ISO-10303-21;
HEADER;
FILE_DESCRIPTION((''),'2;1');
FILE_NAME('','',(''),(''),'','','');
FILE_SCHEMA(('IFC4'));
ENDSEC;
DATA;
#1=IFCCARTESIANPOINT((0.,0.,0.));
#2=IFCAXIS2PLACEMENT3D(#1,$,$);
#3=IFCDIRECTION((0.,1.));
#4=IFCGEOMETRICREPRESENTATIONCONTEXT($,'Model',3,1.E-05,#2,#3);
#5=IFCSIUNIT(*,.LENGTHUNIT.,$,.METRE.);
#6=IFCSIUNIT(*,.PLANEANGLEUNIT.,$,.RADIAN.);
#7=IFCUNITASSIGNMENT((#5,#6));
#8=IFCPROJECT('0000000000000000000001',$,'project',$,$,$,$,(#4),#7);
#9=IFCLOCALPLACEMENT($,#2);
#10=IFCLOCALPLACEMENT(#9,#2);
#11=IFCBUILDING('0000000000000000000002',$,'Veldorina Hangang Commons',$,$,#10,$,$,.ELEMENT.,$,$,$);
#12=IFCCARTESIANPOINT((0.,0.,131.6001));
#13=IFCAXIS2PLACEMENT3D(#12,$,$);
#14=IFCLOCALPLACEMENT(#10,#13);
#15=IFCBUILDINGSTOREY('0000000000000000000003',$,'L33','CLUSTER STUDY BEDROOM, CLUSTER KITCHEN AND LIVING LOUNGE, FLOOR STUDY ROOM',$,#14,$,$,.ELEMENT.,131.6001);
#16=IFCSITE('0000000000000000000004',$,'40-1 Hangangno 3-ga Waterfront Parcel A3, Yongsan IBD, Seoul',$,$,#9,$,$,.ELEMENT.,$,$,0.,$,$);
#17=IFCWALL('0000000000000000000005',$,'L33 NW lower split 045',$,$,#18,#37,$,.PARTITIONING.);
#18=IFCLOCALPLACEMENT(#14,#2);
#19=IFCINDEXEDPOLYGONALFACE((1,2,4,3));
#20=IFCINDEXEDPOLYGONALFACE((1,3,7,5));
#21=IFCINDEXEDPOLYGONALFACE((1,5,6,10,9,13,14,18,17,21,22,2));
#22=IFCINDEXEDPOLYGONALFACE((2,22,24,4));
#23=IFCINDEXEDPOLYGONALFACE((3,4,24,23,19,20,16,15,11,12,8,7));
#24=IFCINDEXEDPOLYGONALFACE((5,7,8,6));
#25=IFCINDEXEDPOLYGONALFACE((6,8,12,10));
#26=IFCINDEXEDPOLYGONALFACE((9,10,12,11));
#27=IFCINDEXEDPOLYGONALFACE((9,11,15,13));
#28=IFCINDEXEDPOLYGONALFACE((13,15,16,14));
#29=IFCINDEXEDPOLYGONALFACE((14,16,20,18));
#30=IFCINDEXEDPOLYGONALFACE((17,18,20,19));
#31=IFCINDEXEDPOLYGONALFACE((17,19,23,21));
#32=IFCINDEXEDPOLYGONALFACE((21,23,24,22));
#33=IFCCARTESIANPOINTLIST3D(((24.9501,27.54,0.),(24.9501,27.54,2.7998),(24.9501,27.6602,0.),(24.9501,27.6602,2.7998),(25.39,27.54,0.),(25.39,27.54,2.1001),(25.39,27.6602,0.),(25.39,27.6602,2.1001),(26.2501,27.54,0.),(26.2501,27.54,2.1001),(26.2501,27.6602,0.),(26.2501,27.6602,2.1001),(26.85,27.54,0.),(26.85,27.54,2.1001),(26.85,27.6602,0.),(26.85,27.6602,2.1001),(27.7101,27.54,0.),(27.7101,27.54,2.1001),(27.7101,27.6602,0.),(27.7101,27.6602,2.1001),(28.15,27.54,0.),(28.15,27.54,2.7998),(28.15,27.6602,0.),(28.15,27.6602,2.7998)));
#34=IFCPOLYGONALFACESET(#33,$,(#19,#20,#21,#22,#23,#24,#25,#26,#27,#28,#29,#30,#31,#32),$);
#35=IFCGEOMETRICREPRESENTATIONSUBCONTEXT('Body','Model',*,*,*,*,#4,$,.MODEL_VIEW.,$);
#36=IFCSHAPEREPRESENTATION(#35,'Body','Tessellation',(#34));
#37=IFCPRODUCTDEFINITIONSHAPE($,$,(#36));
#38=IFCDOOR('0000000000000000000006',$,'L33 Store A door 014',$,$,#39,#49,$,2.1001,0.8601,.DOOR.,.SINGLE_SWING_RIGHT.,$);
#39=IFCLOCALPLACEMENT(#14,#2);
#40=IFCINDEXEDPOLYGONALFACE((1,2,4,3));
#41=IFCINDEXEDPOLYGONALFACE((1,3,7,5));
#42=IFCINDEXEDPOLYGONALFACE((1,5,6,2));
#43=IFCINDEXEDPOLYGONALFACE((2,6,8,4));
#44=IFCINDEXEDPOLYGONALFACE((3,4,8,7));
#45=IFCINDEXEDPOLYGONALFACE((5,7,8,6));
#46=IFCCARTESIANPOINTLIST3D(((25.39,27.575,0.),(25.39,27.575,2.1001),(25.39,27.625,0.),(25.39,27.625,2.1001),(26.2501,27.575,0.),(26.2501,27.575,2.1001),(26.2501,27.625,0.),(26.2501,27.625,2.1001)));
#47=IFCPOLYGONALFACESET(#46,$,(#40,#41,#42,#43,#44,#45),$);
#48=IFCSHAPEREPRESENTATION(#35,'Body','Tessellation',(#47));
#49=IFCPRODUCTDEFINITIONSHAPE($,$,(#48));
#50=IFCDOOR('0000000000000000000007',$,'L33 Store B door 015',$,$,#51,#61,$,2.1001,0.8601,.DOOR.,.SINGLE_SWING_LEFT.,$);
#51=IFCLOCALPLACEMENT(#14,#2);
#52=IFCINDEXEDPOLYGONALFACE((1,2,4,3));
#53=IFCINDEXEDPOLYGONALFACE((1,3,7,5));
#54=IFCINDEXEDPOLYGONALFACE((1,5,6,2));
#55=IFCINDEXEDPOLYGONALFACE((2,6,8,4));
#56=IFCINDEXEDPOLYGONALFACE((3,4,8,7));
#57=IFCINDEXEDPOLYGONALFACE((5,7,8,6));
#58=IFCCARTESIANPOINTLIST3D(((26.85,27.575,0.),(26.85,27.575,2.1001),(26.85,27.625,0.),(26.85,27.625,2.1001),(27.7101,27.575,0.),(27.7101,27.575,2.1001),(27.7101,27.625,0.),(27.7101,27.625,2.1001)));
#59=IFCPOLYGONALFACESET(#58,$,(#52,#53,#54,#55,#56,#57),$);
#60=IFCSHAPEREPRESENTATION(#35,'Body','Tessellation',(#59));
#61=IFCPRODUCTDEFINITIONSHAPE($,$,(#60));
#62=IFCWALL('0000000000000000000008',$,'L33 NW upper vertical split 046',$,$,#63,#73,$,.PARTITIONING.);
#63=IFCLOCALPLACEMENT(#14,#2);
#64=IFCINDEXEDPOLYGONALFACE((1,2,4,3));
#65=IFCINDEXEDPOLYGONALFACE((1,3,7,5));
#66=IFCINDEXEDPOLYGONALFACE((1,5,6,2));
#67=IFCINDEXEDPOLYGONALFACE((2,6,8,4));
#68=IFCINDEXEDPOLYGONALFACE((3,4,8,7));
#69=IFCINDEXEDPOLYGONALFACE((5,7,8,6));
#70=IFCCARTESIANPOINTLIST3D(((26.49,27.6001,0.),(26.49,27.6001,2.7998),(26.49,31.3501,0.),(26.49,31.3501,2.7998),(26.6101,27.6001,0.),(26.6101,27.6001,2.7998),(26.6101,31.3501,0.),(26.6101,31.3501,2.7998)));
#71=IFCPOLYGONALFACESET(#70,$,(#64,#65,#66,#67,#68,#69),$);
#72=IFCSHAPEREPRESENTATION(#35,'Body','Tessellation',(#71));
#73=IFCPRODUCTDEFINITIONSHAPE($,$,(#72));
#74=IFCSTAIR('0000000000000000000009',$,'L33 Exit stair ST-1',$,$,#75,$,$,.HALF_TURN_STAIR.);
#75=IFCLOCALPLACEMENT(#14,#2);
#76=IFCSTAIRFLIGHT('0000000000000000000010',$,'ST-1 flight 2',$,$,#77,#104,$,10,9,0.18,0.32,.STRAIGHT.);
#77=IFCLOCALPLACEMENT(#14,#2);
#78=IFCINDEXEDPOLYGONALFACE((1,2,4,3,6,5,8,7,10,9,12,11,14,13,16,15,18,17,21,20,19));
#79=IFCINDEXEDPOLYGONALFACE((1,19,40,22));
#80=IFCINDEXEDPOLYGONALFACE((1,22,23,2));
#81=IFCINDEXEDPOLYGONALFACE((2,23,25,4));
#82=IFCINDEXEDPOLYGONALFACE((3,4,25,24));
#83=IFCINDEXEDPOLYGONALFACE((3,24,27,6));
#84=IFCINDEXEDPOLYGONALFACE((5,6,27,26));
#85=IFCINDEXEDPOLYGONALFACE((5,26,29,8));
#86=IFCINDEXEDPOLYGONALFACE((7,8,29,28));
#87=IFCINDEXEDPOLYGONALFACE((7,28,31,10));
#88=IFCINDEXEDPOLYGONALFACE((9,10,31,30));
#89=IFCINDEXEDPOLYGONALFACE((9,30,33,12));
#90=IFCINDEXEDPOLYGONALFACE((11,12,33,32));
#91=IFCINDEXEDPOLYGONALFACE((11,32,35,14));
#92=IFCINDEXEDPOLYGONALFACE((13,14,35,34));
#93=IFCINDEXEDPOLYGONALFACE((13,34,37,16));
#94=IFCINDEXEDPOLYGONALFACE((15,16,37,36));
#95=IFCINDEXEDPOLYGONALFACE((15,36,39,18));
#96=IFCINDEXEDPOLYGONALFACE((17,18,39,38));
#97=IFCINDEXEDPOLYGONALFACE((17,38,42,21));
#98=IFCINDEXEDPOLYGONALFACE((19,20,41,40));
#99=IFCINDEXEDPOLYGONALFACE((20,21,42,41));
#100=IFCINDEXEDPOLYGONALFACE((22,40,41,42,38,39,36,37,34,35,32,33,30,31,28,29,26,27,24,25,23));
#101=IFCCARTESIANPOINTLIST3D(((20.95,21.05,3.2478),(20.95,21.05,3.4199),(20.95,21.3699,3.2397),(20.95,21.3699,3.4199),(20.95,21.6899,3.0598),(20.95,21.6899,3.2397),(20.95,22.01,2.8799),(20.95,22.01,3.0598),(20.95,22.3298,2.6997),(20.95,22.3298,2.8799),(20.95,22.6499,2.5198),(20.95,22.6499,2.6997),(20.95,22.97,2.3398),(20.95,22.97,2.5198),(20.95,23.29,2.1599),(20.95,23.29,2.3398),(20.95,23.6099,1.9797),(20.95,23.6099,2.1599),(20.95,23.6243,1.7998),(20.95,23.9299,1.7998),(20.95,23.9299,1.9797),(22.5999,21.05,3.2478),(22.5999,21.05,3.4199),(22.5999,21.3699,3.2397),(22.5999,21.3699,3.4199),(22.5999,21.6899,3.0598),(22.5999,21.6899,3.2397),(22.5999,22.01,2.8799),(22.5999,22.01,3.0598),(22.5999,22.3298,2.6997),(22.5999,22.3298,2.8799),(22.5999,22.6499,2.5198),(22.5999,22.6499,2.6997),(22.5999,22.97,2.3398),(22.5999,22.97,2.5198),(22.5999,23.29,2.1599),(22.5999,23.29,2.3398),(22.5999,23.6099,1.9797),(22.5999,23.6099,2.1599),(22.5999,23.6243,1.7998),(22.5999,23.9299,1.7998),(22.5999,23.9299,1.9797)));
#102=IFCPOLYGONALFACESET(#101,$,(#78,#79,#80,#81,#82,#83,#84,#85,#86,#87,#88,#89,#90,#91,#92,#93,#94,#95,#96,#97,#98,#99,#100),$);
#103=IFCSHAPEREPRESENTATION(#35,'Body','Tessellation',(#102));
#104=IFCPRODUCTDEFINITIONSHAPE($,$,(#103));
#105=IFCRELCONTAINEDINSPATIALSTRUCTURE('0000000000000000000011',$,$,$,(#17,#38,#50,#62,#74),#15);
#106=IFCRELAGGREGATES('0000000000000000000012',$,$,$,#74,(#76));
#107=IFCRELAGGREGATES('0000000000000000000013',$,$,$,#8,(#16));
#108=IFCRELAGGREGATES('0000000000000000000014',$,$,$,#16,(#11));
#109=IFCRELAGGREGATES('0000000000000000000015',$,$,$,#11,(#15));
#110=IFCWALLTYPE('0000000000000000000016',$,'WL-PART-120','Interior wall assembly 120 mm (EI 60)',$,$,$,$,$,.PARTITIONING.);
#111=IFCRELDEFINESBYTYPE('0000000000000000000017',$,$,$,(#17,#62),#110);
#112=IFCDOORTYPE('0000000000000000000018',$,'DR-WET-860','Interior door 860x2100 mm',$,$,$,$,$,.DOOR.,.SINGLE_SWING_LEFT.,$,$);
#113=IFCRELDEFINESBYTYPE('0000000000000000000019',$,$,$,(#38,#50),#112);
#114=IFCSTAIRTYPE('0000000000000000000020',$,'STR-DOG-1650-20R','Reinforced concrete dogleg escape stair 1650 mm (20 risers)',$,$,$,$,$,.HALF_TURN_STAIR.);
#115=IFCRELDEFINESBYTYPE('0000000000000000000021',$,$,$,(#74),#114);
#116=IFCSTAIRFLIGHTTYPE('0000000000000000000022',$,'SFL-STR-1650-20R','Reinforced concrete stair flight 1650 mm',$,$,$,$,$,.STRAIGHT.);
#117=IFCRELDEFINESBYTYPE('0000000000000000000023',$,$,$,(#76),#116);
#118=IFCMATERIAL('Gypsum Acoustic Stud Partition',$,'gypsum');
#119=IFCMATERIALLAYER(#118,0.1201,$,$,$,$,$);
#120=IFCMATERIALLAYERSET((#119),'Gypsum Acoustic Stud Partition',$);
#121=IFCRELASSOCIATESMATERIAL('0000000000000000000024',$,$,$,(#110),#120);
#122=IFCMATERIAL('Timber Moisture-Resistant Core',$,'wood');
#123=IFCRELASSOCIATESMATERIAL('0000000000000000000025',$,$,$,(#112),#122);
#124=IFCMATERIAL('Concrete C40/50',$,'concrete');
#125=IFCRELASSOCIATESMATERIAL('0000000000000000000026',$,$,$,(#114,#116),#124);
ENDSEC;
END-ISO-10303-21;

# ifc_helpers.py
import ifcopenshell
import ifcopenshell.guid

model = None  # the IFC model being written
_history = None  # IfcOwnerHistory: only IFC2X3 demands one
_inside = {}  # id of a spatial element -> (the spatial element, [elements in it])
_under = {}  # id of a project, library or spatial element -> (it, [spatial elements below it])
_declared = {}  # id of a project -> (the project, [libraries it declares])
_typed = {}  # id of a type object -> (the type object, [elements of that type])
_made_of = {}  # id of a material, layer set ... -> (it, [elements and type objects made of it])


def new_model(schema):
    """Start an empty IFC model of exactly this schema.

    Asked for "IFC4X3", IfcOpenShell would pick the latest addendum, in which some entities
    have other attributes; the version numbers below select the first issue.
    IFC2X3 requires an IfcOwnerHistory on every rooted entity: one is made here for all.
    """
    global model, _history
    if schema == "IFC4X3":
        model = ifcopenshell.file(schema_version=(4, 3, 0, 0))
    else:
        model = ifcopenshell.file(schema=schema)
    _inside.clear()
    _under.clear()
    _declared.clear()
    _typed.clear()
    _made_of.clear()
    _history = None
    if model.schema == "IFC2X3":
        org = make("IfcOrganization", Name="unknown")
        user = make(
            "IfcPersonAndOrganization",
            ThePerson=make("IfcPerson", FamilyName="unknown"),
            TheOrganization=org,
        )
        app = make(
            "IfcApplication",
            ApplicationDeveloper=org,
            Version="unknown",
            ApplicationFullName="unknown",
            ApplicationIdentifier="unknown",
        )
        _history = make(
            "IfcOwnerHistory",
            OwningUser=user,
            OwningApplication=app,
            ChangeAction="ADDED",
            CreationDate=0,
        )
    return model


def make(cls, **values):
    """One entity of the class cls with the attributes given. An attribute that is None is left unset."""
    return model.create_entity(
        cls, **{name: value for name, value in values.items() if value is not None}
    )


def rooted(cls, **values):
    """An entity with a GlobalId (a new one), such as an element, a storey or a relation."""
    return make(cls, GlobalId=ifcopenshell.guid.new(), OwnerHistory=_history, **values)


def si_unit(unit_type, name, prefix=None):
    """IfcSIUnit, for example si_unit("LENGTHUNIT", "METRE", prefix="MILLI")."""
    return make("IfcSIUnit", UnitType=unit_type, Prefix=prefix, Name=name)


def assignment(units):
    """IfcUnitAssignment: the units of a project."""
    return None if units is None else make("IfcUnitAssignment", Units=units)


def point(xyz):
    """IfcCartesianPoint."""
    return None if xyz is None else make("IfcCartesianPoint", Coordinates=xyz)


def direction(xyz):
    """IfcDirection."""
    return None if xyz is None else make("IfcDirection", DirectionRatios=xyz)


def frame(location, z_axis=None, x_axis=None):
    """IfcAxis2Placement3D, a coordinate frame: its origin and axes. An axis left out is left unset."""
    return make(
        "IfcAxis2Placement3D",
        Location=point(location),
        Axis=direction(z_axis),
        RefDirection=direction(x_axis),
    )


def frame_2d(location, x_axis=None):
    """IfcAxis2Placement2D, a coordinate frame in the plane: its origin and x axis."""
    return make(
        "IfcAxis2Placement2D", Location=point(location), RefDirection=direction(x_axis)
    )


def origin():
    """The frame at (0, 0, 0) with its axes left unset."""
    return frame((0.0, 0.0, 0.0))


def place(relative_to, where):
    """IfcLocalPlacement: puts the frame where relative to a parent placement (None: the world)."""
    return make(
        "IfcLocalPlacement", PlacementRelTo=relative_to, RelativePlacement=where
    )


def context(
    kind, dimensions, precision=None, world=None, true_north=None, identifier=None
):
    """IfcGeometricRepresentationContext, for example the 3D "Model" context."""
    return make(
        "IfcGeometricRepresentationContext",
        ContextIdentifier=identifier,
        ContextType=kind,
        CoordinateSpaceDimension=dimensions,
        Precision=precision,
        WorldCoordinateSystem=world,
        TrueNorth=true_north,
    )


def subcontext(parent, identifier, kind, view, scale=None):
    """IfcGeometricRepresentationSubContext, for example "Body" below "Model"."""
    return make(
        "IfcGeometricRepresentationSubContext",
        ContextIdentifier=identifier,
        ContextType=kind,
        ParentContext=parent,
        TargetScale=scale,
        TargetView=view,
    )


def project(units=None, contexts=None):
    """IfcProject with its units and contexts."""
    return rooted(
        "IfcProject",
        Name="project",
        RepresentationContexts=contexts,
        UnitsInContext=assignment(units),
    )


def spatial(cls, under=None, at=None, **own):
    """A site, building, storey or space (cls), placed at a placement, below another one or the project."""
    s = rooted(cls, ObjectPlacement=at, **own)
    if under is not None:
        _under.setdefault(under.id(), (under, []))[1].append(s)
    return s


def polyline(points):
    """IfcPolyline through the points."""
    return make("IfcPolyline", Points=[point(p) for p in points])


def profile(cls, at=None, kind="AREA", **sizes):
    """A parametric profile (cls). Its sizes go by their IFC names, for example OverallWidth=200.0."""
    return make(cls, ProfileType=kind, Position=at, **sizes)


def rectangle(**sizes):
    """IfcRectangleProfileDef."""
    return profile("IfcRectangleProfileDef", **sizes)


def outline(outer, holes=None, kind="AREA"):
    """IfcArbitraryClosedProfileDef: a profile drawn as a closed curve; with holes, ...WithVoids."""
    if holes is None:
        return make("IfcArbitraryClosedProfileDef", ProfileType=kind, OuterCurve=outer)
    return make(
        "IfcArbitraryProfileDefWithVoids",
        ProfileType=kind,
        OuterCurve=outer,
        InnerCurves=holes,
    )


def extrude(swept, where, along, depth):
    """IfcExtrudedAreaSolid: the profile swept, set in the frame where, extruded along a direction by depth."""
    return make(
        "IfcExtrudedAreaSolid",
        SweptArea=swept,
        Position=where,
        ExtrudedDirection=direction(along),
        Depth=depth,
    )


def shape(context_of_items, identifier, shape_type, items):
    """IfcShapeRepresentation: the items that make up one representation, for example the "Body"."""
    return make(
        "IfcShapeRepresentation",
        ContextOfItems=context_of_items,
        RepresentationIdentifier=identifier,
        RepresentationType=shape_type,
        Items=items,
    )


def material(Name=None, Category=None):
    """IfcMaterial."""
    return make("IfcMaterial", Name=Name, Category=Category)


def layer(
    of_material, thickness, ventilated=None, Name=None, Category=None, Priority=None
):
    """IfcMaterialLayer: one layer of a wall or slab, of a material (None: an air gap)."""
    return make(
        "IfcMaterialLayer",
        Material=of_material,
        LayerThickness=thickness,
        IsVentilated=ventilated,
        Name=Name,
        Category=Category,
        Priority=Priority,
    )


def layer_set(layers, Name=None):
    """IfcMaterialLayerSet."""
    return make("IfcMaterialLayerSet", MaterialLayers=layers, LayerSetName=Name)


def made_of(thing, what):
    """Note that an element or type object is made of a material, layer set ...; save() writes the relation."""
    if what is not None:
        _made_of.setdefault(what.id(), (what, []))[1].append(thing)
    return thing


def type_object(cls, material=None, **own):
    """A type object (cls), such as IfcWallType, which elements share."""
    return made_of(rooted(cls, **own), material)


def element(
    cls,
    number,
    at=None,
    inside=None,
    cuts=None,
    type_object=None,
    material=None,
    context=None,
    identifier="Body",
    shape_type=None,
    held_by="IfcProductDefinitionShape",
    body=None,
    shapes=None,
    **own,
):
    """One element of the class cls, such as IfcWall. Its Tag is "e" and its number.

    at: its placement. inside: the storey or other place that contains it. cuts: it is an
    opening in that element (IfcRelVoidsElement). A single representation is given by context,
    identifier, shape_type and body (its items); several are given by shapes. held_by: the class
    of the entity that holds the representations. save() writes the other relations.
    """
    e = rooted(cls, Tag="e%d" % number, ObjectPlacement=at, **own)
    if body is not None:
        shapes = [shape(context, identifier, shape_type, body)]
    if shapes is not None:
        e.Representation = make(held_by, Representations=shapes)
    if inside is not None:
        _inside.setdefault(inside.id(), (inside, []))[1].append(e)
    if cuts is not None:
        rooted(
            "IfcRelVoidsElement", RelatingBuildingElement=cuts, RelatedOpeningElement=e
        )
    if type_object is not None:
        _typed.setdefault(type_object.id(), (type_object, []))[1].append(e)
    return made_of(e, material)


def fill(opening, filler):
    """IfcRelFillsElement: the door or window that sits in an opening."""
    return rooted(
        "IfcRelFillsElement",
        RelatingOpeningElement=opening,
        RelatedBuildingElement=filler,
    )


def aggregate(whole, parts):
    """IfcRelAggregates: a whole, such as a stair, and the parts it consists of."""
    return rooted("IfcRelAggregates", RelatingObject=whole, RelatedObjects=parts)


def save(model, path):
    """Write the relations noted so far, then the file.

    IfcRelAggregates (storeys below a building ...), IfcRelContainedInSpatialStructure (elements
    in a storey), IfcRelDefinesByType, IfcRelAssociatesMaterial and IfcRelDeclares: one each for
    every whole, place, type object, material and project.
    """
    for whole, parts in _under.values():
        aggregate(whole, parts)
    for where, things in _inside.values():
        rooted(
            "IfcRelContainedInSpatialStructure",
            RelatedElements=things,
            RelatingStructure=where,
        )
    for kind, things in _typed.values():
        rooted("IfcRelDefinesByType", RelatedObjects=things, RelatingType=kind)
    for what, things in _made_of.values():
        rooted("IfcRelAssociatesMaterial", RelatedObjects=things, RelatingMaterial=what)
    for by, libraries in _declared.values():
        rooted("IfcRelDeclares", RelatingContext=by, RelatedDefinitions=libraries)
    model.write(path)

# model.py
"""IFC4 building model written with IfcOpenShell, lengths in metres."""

from ifc_helpers import new_model, si_unit, direction, frame, frame_2d, origin, place, context, subcontext, project, spatial, polyline, rectangle, outline, extrude, material, layer, layer_set, type_object, element, fill, aggregate, save


model = new_model("IFC4")

# Units and contexts
model_context = context("Model", 3, precision=1e-05, world=origin(), true_north=direction((0.0, 1.0)))
body_context = subcontext(model_context, "Body", "Model", "MODEL_VIEW")
ifc_project = project(units=[si_unit("LENGTHUNIT", "METRE"), si_unit("PLANEANGLEUNIT", "RADIAN")], contexts=[model_context])

# Site, building, storey
site_placement = place(None, origin())
site = spatial("IfcSite", under=ifc_project, at=site_placement, Name="40-1 Hangangno 3-ga Waterfront Parcel A3, Yongsan IBD, Seoul", CompositionType="ELEMENT", RefElevation=0.0)
building_placement = place(site_placement, origin())
building = spatial("IfcBuilding", under=site, at=building_placement, Name="Veldorina Hangang Commons", CompositionType="ELEMENT")
storey_placement = place(building_placement, frame((0.0, 0.0, 131.6001)))
storey = spatial("IfcBuildingStorey", under=building, at=storey_placement, Name="L33", Description="CLUSTER STUDY BEDROOM, CLUSTER KITCHEN AND LIVING LOUNGE, FLOOR STUDY ROOM", CompositionType="ELEMENT", Elevation=131.6001)

# Shared definitions
ifc_material_1 = material(Name="Gypsum Acoustic Stud Partition", Category="gypsum")
ifc_layer_1 = layer(ifc_material_1, 0.1201)
ifc_layer_set_1 = layer_set([ifc_layer_1], Name="Gypsum Acoustic Stud Partition")
wall_type_1 = type_object("IfcWallType", Name="WL-PART-120", Description="Interior wall assembly 120 mm (EI 60)", PredefinedType="PARTITIONING", material=ifc_layer_set_1)

# Wall, openings, doors
wall_1_placement = place(storey_placement, frame((24.95, 27.6001, 0.0), z_axis=(0.0, 0.0, 1.0), x_axis=(1.0, 0.0, 0.0)))
wall_1 = element("IfcWall", 1, at=wall_1_placement, inside=storey, type_object=wall_type_1, Name="L33 NW lower split 045", PredefinedType="PARTITIONING", context=body_context, shape_type="SweptSolid", body=[
    extrude(rectangle(XDim=3.2, YDim=0.1201, at=frame_2d((1.6001, 0.0))), origin(), (0.0, 0.0, 1.0), 2.7998),
])
opening_1_placement = place(wall_1_placement, frame((0.4399, 0.0, 0.0)))
opening_1 = element("IfcOpeningElement", 2, at=opening_1_placement, cuts=wall_1, PredefinedType="OPENING", context=body_context, shape_type="SweptSolid", body=[
    extrude(rectangle(XDim=0.8601, YDim=2.1001, at=frame_2d((0.4302, 1.05))), frame((0.0, 0.0701, 0.0), z_axis=(0.0, -1.0, 0.0), x_axis=(1.0, 0.0, 0.0)), (0.0, 0.0, 1.0), 0.1401),
])
opening_2_placement = place(wall_1_placement, frame((1.8999, 0.0, 0.0)))
opening_2 = element("IfcOpeningElement", 3, at=opening_2_placement, cuts=wall_1, PredefinedType="OPENING", context=body_context, shape_type="SweptSolid", body=[
    extrude(rectangle(XDim=0.8601, YDim=2.1001, at=frame_2d((0.4302, 1.05))), frame((0.0, 0.0701, 0.0), z_axis=(0.0, -1.0, 0.0), x_axis=(1.0, 0.0, 0.0)), (0.0, 0.0, 1.0), 0.1401),
])
ifc_material_2 = material(Name="Timber Moisture-Resistant Core", Category="wood")
door_type_1 = type_object("IfcDoorType", Name="DR-WET-860", Description="Interior door 860x2100 mm", OperationType="SINGLE_SWING_LEFT", PredefinedType="DOOR", material=ifc_material_2)
door_1_placement = place(opening_1_placement, origin())
door_1 = element("IfcDoor", 4, at=door_1_placement, inside=storey, type_object=door_type_1, Name="L33 Store A door 014", OperationType="SINGLE_SWING_RIGHT", OverallHeight=2.1001, OverallWidth=0.8601, PredefinedType="DOOR", context=body_context, shape_type="SweptSolid", body=[
    extrude(rectangle(XDim=0.8601, YDim=2.1001, at=frame_2d((0.4302, 1.05))), frame((0.0, 0.0249, 0.0), z_axis=(0.0, -1.0, 0.0), x_axis=(1.0, 0.0, 0.0)), (0.0, 0.0, 1.0), 0.05),
])
fill(opening_1, door_1)
door_2_placement = place(opening_2_placement, origin())
door_2 = element("IfcDoor", 5, at=door_2_placement, inside=storey, type_object=door_type_1, Name="L33 Store B door 015", OperationType="SINGLE_SWING_LEFT", OverallHeight=2.1001, OverallWidth=0.8601, PredefinedType="DOOR", context=body_context, shape_type="SweptSolid", body=[
    extrude(rectangle(XDim=0.8601, YDim=2.1001, at=frame_2d((0.4302, 1.05))), frame((0.0, 0.0249, 0.0), z_axis=(0.0, -1.0, 0.0), x_axis=(1.0, 0.0, 0.0)), (0.0, 0.0, 1.0), 0.05),
])
fill(opening_2, door_2)

# Wall
wall_2_placement = place(storey_placement, frame((26.55, 27.6001, 0.0), z_axis=(0.0, 0.0, 1.0), x_axis=(0.0, 1.0, 0.0)))
element("IfcWall", 6, at=wall_2_placement, inside=storey, type_object=wall_type_1, Name="L33 NW upper vertical split 046", PredefinedType="PARTITIONING", context=body_context, shape_type="SweptSolid", body=[
    extrude(rectangle(XDim=3.75, YDim=0.1201, at=frame_2d((1.875, 0.0))), origin(), (0.0, 0.0, 1.0), 2.7998),
])

# Stair, stair flight
ifc_material_3 = material(Name="Concrete C40/50", Category="concrete")
stair_type = type_object("IfcStairType", Name="STR-DOG-1650-20R", Description="Reinforced concrete dogleg escape stair 1650 mm (20 risers)", PredefinedType="HALF_TURN_STAIR", material=ifc_material_3)
stair_placement = place(storey_placement, origin())
stair = element("IfcStair", 7, at=stair_placement, inside=storey, type_object=stair_type, Name="L33 Exit stair ST-1", PredefinedType="HALF_TURN_STAIR")
stair_flight_type = type_object("IfcStairFlightType", Name="SFL-STR-1650-20R", Description="Reinforced concrete stair flight 1650 mm", PredefinedType="STRAIGHT", material=ifc_material_3)
stair_flight_placement = place(storey_placement, frame((21.7749, 23.9299, 1.7998), z_axis=(0.0, 0.0, 1.0), x_axis=(0.0, -1.0, 0.0)))
stair_flight = element("IfcStairFlight", 8, at=stair_flight_placement, type_object=stair_flight_type, Name="ST-1 flight 2", NumberOfRisers=10, NumberOfTreads=9, PredefinedType="STRAIGHT", RiserHeight=0.18, TreadLength=0.32, context=body_context, shape_type="SweptSolid", body=[
    extrude(outline(polyline([(0.0, 0.0), (0.0, 0.1799), (0.3201, 0.1799), (0.3201, 0.3601), (0.6399, 0.3601), (0.6399, 0.54), (0.96, 0.54), (0.96, 0.72), (1.28, 0.72), (1.28, 0.8999), (1.6001, 0.8999), (1.6001, 1.0801), (1.9199, 1.0801), (1.9199, 1.26), (2.24, 1.26), (2.24, 1.4399), (2.5601, 1.4399), (2.5601, 1.6201), (2.8799, 1.6201), (2.8799, 1.8), (2.8799, 1.448), (0.3057, 0.0), (0.0, 0.0)])), frame((0.0, 0.825, 0.0), z_axis=(0.0, -1.0, 0.0), x_axis=(1.0, 0.0, 0.0)), (0.0, 0.0, 1.0), 1.6499),
])
aggregate(stair, [stair_flight])

save(model, "model.ifc")
